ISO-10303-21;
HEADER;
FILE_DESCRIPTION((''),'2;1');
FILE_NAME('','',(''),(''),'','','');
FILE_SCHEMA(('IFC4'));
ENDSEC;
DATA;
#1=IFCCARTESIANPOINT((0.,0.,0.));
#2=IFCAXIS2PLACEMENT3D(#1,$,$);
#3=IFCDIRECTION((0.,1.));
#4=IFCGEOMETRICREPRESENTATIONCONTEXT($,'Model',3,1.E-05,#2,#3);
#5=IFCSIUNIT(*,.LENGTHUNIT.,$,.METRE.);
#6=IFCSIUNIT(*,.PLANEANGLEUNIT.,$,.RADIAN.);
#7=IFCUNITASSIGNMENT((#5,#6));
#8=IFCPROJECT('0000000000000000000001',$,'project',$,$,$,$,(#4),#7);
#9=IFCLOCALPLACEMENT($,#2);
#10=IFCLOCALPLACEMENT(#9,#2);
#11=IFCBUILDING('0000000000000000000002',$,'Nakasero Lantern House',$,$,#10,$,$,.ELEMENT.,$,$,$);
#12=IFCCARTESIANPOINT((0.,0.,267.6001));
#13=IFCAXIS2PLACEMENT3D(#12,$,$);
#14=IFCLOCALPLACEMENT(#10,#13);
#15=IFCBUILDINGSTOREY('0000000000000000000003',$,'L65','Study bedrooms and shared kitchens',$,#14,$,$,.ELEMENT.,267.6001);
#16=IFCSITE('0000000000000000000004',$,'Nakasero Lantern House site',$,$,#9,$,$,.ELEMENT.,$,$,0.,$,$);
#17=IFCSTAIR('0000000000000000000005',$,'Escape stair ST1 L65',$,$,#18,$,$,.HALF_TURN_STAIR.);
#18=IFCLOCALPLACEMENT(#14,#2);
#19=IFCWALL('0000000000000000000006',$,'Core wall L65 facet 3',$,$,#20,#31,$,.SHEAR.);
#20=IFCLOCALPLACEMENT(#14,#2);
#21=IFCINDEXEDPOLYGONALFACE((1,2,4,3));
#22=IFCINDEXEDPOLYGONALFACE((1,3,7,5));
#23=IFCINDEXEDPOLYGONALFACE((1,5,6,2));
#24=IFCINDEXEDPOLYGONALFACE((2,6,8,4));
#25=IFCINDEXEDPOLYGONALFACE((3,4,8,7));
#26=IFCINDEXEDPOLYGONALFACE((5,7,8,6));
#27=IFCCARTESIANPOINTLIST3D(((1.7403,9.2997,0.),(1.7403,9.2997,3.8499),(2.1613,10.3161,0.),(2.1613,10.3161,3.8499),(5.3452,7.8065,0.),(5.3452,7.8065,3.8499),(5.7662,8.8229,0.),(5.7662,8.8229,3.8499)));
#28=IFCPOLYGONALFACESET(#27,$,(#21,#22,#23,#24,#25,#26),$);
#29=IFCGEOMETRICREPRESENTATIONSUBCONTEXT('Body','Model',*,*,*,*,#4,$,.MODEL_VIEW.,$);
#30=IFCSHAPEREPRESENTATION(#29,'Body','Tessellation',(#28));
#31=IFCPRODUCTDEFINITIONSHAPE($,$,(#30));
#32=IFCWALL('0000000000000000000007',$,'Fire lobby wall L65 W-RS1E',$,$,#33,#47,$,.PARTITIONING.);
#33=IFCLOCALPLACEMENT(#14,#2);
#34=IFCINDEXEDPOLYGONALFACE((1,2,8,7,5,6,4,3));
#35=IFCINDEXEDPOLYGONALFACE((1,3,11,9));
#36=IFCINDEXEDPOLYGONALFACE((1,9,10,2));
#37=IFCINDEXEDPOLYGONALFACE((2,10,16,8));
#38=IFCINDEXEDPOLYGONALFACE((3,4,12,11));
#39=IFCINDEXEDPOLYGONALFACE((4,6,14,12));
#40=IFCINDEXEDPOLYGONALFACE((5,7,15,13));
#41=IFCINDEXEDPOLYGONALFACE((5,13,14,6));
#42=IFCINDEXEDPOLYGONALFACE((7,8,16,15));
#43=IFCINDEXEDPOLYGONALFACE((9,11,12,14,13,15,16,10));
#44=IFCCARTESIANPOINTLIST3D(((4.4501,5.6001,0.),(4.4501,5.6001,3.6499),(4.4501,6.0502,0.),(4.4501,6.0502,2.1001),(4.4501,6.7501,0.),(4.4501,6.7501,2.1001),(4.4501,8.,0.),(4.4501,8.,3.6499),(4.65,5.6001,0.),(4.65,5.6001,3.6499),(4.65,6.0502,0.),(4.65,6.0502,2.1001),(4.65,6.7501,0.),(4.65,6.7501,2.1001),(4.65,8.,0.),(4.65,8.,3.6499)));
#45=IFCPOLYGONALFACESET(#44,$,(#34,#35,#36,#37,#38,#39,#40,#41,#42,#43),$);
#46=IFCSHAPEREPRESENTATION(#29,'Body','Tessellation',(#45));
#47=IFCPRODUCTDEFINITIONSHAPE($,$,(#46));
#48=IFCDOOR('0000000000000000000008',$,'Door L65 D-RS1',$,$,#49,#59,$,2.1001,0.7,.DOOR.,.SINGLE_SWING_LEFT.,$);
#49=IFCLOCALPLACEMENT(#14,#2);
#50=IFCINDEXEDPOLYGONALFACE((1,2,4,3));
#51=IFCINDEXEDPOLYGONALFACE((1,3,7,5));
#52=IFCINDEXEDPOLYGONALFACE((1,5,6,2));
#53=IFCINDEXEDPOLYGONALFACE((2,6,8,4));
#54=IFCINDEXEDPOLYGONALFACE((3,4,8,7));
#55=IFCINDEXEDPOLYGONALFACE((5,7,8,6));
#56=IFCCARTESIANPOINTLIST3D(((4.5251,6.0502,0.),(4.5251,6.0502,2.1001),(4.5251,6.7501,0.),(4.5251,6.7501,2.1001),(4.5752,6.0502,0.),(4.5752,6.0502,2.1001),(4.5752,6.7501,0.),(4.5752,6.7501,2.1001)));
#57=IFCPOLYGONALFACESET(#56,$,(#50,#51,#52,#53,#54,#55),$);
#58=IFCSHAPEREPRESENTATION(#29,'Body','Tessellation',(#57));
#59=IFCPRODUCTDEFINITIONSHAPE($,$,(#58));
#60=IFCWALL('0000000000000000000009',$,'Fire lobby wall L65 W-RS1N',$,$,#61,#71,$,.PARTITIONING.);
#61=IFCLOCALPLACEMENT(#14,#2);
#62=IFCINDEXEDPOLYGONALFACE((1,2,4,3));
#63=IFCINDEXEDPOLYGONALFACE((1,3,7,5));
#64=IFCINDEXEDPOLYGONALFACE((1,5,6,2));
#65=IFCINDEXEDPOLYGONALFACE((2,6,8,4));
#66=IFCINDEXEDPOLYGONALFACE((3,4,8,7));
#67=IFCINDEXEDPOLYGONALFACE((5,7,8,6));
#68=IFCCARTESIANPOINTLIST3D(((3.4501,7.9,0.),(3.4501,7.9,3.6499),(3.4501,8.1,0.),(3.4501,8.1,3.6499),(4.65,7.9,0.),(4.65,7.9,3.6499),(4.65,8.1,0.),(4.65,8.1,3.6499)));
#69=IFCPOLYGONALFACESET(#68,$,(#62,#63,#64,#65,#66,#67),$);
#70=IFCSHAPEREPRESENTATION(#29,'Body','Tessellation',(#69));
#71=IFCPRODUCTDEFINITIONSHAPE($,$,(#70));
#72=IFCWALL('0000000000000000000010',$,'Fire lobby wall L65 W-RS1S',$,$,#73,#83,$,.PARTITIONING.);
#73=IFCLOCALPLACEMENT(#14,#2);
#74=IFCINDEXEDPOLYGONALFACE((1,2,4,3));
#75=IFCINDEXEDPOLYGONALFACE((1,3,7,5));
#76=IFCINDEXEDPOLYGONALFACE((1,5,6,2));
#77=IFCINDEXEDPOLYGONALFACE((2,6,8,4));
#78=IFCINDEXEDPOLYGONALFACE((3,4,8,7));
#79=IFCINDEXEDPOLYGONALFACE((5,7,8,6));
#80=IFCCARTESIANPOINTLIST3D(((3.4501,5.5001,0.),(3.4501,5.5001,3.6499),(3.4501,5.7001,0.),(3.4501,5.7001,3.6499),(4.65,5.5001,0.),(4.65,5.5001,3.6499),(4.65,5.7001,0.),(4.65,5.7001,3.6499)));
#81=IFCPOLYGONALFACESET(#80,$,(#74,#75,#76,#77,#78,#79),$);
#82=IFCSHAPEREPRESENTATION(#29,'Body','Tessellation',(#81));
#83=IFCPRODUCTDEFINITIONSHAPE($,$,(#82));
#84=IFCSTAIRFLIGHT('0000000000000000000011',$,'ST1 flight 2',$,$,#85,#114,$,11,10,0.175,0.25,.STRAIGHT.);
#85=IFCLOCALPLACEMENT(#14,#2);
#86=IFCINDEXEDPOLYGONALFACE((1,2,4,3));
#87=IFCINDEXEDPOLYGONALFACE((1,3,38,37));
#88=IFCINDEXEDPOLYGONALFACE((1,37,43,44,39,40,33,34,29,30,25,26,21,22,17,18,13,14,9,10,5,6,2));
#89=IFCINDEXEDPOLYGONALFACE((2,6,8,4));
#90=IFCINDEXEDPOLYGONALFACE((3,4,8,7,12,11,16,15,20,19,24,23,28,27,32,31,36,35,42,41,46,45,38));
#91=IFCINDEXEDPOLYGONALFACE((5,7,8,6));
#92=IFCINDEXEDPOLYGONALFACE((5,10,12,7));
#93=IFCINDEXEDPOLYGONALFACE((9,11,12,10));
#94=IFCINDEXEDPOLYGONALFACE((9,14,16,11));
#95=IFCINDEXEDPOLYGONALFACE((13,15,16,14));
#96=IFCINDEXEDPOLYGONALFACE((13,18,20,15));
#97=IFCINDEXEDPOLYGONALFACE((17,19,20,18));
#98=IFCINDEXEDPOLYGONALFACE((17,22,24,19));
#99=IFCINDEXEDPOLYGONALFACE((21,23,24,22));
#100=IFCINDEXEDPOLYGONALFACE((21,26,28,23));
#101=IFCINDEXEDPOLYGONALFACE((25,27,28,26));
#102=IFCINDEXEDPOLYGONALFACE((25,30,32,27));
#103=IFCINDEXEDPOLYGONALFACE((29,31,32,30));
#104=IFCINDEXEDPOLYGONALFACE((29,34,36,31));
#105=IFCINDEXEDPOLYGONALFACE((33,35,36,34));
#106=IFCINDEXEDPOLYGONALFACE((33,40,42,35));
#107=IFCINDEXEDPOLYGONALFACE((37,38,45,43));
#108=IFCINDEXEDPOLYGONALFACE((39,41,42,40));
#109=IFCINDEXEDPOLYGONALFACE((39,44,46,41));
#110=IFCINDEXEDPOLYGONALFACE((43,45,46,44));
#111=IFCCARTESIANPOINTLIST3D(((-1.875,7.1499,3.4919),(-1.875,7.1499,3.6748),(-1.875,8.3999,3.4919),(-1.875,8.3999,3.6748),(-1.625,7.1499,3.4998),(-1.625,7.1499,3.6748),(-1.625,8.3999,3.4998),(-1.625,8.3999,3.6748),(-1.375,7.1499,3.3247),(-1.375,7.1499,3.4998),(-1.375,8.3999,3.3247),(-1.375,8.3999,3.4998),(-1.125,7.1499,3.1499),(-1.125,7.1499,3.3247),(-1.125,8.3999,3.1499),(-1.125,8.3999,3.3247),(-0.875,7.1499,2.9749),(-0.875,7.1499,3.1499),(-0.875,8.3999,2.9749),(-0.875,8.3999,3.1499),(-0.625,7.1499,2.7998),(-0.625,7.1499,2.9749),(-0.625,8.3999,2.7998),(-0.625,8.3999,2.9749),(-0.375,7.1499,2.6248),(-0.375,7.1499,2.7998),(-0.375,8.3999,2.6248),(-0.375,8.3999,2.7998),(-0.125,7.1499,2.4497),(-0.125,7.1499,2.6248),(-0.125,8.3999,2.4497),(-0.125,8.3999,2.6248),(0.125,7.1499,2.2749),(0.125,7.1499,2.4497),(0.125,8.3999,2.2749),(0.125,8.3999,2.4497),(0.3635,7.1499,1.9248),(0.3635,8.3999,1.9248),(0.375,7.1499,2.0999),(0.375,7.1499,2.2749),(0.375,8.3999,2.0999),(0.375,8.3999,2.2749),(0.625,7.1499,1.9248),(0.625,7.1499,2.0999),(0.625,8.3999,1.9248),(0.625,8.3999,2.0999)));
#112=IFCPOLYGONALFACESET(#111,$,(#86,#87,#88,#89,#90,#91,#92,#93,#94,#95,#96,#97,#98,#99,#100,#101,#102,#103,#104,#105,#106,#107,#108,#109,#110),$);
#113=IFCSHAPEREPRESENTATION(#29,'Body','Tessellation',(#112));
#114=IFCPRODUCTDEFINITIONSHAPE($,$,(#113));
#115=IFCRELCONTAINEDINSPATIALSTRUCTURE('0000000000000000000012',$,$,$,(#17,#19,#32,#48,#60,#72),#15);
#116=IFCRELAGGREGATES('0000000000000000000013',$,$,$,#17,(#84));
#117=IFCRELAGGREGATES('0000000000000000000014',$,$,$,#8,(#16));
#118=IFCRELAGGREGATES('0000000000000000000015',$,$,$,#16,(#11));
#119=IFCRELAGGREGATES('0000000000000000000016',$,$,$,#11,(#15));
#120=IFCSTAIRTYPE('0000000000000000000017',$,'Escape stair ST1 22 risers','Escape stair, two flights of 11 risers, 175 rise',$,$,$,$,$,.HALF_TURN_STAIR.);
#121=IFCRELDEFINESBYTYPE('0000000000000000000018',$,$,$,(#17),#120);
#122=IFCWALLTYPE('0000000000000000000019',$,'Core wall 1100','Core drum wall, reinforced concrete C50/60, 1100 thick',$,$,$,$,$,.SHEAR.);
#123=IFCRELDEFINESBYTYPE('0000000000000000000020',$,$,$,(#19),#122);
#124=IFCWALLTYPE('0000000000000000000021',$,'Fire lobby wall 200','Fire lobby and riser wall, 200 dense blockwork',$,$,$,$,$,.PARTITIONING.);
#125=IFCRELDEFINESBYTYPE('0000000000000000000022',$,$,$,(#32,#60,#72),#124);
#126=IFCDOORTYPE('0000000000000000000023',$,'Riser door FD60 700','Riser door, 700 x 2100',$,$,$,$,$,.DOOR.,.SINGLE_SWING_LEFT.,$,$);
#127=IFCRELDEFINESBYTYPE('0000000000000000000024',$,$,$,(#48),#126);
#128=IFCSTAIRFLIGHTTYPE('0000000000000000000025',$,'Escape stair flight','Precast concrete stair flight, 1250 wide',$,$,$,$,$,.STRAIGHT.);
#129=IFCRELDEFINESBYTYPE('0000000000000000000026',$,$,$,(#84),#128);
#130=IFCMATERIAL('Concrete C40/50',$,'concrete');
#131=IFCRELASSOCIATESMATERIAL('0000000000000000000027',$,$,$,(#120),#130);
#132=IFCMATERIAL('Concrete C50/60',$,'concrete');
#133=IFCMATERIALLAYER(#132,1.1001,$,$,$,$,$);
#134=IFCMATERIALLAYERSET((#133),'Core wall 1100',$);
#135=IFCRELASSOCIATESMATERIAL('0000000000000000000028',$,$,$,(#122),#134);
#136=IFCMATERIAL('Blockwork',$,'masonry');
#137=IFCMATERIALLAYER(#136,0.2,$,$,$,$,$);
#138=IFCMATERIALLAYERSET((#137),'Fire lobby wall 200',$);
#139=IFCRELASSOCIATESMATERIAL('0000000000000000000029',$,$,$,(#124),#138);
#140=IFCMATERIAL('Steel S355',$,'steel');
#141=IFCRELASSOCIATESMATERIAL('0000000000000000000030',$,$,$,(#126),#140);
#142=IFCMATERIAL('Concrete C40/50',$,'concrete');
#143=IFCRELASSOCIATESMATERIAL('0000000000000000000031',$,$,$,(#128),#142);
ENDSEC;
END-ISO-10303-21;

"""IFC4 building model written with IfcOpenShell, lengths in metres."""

from ifc_helpers import new_model, si_unit, direction, frame, frame_2d, origin, place, context, subcontext, project, spatial, polyline, rectangle, outline, extrude, material, layer, layer_set, type_object, element, fill, aggregate, save


model = new_model("IFC4")

# Units and contexts
model_context = context("Model", 3, precision=1e-05, world=origin(), true_north=direction((0.0, 1.0)))
body_context = subcontext(model_context, "Body", "Model", "MODEL_VIEW")
ifc_project = project(units=[si_unit("LENGTHUNIT", "METRE"), si_unit("PLANEANGLEUNIT", "RADIAN")], contexts=[model_context])

# Site, building, storey
site_placement = place(None, origin())
site = spatial("IfcSite", under=ifc_project, at=site_placement, Name="Nakasero Lantern House site", CompositionType="ELEMENT", RefElevation=0.0)
building_placement = place(site_placement, origin())
building = spatial("IfcBuilding", under=site, at=building_placement, Name="Nakasero Lantern House", CompositionType="ELEMENT")
storey_placement = place(building_placement, frame((0.0, 0.0, 267.6001)))
storey = spatial("IfcBuildingStorey", under=building, at=storey_placement, Name="L65", Description="Study bedrooms and shared kitchens", CompositionType="ELEMENT", Elevation=267.6001)

# Stair
ifc_material_1 = material(Name="Concrete C40/50", Category="concrete")
stair_type_1 = type_object("IfcStairType", Name="Escape stair ST1 22 risers", Description="Escape stair, two flights of 11 risers, 175 rise", PredefinedType="HALF_TURN_STAIR", material=ifc_material_1)
stair_1_placement = place(storey_placement, origin())
stair_1 = element("IfcStair", 1, at=stair_1_placement, inside=storey, type_object=stair_type_1, Name="Escape stair ST1 L65", PredefinedType="HALF_TURN_STAIR")

# Shared definitions
ifc_material_2 = material(Name="Concrete C50/60", Category="concrete")
ifc_layer_1 = layer(ifc_material_2, 1.1001)
ifc_layer_set_1 = layer_set([ifc_layer_1], Name="Core wall 1100")
wall_type_1 = type_object("IfcWallType", Name="Core wall 1100", Description="Core drum wall, reinforced concrete C50/60, 1100 thick", PredefinedType="SHEAR", material=ifc_layer_set_1)

# Wall
wall_1_placement = place(storey_placement, frame((5.5557, 8.3147, 0.0), z_axis=(0.0, 0.0, 1.0), x_axis=(-0.923877, 0.382691, 0.0)))
element("IfcWall", 2, at=wall_1_placement, inside=storey, type_object=wall_type_1, Name="Core wall L65 facet 3", PredefinedType="SHEAR", context=body_context, shape_type="SweptSolid", body=[
    extrude(rectangle(XDim=3.9019, YDim=1.1001, at=frame_2d((1.9509, 0.0))), origin(), (0.0, 0.0, 1.0), 3.8499),
])

# Wall, opening, door
ifc_material_3 = material(Name="Blockwork", Category="masonry")
ifc_layer_2 = layer(ifc_material_3, 0.2)
ifc_layer_set_2 = layer_set([ifc_layer_2], Name="Fire lobby wall 200")
wall_type_2 = type_object("IfcWallType", Name="Fire lobby wall 200", Description="Fire lobby and riser wall, 200 dense blockwork", PredefinedType="PARTITIONING", material=ifc_layer_set_2)
wall_2_placement = place(storey_placement, frame((4.55, 5.6001, 0.0), z_axis=(0.0, 0.0, 1.0), x_axis=(0.0, 1.0, 0.0)))
wall_2 = element("IfcWall", 3, at=wall_2_placement, inside=storey, type_object=wall_type_2, Name="Fire lobby wall L65 W-RS1E", PredefinedType="PARTITIONING", context=body_context, shape_type="SweptSolid", body=[
    extrude(rectangle(XDim=2.3999, YDim=0.2, at=frame_2d((1.2, 0.0))), origin(), (0.0, 0.0, 1.0), 3.6499),
])
opening_1_placement = place(wall_2_placement, frame((0.45, 0.0, 0.0)))
opening_1 = element("IfcOpeningElement", 4, at=opening_1_placement, cuts=wall_2, PredefinedType="OPENING", context=body_context, shape_type="SweptSolid", body=[
    extrude(rectangle(XDim=0.7, YDim=2.1001, at=frame_2d((0.3501, 1.05))), frame((0.0, 0.1199, 0.0), z_axis=(0.0, -1.0, 0.0), x_axis=(1.0, 0.0, 0.0)), (0.0, 0.0, 1.0), 0.24),
])
ifc_material_4 = material(Name="Steel S355", Category="steel")
door_type_1 = type_object("IfcDoorType", Name="Riser door FD60 700", Description="Riser door, 700 x 2100", OperationType="SINGLE_SWING_LEFT", PredefinedType="DOOR", material=ifc_material_4)
door_1_placement = place(opening_1_placement, origin())
door_1 = element("IfcDoor", 5, at=door_1_placement, inside=storey, type_object=door_type_1, Name="Door L65 D-RS1", OperationType="SINGLE_SWING_LEFT", OverallHeight=2.1001, OverallWidth=0.7, PredefinedType="DOOR", context=body_context, shape_type="SweptSolid", body=[
    extrude(rectangle(XDim=0.7, YDim=2.1001, at=frame_2d((0.3501, 1.05))), frame((0.0, 0.0249, 0.0), z_axis=(0.0, -1.0, 0.0), x_axis=(1.0, 0.0, 0.0)), (0.0, 0.0, 1.0), 0.05),
])
fill(opening_1, door_1)

# Walls
for number, where, z_axis, x_axis, name in (
    (6, (3.45, 8.0, 0.0), (0.0, 0.0, 1.0), (1.0, 0.0, 0.0), "Fire lobby wall L65 W-RS1N"),
    (7, (3.45, 5.6001, 0.0), (0.0, 0.0, 1.0), (1.0, 0.0, 0.0), "Fire lobby wall L65 W-RS1S"),
):
    element("IfcWall", number, at=place(storey_placement, frame(where, z_axis=z_axis, x_axis=x_axis)), inside=storey, type_object=wall_type_2, Name=name, PredefinedType="PARTITIONING", context=body_context, shape_type="SweptSolid", body=[
        extrude(rectangle(XDim=1.2, YDim=0.2, at=frame_2d((0.6001, 0.0))), origin(), (0.0, 0.0, 1.0), 3.6499),
    ])

# Stair flight
ifc_material_5 = material(Name="Concrete C40/50", Category="concrete")
stair_flight_type = type_object("IfcStairFlightType", Name="Escape stair flight", Description="Precast concrete stair flight, 1250 wide", PredefinedType="STRAIGHT", material=ifc_material_5)
stair_flight_placement = place(storey_placement, frame((0.625, 7.7749, 1.9248), z_axis=(0.0, 0.0, 1.0), x_axis=(-1.0, 0.0, 0.0)))
stair_flight = element("IfcStairFlight", 8, at=stair_flight_placement, type_object=stair_flight_type, Name="ST1 flight 2", NumberOfRisers=11, NumberOfTreads=10, PredefinedType="STRAIGHT", RiserHeight=0.175, TreadLength=0.25, context=body_context, shape_type="SweptSolid", body=[
    extrude(outline(polyline([(0.0, 0.0), (0.0, 0.175), (0.25, 0.175), (0.25, 0.3501), (0.5, 0.3501), (0.5, 0.5249), (0.75, 0.5249), (0.75, 0.7), (1.0, 0.7), (1.0, 0.875), (1.25, 0.875), (1.25, 1.05), (1.5, 1.05), (1.5, 1.2251), (1.75, 1.2251), (1.75, 1.3999), (2.0, 1.3999), (2.0, 1.575), (2.25, 1.575), (2.25, 1.75), (2.5, 1.75), (2.5, 1.925), (2.5, 1.5671), (0.2615, 0.0), (0.0, 0.0)])), frame((0.0, 0.625, 0.0), z_axis=(0.0, -1.0, 0.0), x_axis=(1.0, 0.0, 0.0)), (0.0, 0.0, 1.0), 1.25),
])
aggregate(stair_1, [stair_flight])

save(model, "model.ifc")
